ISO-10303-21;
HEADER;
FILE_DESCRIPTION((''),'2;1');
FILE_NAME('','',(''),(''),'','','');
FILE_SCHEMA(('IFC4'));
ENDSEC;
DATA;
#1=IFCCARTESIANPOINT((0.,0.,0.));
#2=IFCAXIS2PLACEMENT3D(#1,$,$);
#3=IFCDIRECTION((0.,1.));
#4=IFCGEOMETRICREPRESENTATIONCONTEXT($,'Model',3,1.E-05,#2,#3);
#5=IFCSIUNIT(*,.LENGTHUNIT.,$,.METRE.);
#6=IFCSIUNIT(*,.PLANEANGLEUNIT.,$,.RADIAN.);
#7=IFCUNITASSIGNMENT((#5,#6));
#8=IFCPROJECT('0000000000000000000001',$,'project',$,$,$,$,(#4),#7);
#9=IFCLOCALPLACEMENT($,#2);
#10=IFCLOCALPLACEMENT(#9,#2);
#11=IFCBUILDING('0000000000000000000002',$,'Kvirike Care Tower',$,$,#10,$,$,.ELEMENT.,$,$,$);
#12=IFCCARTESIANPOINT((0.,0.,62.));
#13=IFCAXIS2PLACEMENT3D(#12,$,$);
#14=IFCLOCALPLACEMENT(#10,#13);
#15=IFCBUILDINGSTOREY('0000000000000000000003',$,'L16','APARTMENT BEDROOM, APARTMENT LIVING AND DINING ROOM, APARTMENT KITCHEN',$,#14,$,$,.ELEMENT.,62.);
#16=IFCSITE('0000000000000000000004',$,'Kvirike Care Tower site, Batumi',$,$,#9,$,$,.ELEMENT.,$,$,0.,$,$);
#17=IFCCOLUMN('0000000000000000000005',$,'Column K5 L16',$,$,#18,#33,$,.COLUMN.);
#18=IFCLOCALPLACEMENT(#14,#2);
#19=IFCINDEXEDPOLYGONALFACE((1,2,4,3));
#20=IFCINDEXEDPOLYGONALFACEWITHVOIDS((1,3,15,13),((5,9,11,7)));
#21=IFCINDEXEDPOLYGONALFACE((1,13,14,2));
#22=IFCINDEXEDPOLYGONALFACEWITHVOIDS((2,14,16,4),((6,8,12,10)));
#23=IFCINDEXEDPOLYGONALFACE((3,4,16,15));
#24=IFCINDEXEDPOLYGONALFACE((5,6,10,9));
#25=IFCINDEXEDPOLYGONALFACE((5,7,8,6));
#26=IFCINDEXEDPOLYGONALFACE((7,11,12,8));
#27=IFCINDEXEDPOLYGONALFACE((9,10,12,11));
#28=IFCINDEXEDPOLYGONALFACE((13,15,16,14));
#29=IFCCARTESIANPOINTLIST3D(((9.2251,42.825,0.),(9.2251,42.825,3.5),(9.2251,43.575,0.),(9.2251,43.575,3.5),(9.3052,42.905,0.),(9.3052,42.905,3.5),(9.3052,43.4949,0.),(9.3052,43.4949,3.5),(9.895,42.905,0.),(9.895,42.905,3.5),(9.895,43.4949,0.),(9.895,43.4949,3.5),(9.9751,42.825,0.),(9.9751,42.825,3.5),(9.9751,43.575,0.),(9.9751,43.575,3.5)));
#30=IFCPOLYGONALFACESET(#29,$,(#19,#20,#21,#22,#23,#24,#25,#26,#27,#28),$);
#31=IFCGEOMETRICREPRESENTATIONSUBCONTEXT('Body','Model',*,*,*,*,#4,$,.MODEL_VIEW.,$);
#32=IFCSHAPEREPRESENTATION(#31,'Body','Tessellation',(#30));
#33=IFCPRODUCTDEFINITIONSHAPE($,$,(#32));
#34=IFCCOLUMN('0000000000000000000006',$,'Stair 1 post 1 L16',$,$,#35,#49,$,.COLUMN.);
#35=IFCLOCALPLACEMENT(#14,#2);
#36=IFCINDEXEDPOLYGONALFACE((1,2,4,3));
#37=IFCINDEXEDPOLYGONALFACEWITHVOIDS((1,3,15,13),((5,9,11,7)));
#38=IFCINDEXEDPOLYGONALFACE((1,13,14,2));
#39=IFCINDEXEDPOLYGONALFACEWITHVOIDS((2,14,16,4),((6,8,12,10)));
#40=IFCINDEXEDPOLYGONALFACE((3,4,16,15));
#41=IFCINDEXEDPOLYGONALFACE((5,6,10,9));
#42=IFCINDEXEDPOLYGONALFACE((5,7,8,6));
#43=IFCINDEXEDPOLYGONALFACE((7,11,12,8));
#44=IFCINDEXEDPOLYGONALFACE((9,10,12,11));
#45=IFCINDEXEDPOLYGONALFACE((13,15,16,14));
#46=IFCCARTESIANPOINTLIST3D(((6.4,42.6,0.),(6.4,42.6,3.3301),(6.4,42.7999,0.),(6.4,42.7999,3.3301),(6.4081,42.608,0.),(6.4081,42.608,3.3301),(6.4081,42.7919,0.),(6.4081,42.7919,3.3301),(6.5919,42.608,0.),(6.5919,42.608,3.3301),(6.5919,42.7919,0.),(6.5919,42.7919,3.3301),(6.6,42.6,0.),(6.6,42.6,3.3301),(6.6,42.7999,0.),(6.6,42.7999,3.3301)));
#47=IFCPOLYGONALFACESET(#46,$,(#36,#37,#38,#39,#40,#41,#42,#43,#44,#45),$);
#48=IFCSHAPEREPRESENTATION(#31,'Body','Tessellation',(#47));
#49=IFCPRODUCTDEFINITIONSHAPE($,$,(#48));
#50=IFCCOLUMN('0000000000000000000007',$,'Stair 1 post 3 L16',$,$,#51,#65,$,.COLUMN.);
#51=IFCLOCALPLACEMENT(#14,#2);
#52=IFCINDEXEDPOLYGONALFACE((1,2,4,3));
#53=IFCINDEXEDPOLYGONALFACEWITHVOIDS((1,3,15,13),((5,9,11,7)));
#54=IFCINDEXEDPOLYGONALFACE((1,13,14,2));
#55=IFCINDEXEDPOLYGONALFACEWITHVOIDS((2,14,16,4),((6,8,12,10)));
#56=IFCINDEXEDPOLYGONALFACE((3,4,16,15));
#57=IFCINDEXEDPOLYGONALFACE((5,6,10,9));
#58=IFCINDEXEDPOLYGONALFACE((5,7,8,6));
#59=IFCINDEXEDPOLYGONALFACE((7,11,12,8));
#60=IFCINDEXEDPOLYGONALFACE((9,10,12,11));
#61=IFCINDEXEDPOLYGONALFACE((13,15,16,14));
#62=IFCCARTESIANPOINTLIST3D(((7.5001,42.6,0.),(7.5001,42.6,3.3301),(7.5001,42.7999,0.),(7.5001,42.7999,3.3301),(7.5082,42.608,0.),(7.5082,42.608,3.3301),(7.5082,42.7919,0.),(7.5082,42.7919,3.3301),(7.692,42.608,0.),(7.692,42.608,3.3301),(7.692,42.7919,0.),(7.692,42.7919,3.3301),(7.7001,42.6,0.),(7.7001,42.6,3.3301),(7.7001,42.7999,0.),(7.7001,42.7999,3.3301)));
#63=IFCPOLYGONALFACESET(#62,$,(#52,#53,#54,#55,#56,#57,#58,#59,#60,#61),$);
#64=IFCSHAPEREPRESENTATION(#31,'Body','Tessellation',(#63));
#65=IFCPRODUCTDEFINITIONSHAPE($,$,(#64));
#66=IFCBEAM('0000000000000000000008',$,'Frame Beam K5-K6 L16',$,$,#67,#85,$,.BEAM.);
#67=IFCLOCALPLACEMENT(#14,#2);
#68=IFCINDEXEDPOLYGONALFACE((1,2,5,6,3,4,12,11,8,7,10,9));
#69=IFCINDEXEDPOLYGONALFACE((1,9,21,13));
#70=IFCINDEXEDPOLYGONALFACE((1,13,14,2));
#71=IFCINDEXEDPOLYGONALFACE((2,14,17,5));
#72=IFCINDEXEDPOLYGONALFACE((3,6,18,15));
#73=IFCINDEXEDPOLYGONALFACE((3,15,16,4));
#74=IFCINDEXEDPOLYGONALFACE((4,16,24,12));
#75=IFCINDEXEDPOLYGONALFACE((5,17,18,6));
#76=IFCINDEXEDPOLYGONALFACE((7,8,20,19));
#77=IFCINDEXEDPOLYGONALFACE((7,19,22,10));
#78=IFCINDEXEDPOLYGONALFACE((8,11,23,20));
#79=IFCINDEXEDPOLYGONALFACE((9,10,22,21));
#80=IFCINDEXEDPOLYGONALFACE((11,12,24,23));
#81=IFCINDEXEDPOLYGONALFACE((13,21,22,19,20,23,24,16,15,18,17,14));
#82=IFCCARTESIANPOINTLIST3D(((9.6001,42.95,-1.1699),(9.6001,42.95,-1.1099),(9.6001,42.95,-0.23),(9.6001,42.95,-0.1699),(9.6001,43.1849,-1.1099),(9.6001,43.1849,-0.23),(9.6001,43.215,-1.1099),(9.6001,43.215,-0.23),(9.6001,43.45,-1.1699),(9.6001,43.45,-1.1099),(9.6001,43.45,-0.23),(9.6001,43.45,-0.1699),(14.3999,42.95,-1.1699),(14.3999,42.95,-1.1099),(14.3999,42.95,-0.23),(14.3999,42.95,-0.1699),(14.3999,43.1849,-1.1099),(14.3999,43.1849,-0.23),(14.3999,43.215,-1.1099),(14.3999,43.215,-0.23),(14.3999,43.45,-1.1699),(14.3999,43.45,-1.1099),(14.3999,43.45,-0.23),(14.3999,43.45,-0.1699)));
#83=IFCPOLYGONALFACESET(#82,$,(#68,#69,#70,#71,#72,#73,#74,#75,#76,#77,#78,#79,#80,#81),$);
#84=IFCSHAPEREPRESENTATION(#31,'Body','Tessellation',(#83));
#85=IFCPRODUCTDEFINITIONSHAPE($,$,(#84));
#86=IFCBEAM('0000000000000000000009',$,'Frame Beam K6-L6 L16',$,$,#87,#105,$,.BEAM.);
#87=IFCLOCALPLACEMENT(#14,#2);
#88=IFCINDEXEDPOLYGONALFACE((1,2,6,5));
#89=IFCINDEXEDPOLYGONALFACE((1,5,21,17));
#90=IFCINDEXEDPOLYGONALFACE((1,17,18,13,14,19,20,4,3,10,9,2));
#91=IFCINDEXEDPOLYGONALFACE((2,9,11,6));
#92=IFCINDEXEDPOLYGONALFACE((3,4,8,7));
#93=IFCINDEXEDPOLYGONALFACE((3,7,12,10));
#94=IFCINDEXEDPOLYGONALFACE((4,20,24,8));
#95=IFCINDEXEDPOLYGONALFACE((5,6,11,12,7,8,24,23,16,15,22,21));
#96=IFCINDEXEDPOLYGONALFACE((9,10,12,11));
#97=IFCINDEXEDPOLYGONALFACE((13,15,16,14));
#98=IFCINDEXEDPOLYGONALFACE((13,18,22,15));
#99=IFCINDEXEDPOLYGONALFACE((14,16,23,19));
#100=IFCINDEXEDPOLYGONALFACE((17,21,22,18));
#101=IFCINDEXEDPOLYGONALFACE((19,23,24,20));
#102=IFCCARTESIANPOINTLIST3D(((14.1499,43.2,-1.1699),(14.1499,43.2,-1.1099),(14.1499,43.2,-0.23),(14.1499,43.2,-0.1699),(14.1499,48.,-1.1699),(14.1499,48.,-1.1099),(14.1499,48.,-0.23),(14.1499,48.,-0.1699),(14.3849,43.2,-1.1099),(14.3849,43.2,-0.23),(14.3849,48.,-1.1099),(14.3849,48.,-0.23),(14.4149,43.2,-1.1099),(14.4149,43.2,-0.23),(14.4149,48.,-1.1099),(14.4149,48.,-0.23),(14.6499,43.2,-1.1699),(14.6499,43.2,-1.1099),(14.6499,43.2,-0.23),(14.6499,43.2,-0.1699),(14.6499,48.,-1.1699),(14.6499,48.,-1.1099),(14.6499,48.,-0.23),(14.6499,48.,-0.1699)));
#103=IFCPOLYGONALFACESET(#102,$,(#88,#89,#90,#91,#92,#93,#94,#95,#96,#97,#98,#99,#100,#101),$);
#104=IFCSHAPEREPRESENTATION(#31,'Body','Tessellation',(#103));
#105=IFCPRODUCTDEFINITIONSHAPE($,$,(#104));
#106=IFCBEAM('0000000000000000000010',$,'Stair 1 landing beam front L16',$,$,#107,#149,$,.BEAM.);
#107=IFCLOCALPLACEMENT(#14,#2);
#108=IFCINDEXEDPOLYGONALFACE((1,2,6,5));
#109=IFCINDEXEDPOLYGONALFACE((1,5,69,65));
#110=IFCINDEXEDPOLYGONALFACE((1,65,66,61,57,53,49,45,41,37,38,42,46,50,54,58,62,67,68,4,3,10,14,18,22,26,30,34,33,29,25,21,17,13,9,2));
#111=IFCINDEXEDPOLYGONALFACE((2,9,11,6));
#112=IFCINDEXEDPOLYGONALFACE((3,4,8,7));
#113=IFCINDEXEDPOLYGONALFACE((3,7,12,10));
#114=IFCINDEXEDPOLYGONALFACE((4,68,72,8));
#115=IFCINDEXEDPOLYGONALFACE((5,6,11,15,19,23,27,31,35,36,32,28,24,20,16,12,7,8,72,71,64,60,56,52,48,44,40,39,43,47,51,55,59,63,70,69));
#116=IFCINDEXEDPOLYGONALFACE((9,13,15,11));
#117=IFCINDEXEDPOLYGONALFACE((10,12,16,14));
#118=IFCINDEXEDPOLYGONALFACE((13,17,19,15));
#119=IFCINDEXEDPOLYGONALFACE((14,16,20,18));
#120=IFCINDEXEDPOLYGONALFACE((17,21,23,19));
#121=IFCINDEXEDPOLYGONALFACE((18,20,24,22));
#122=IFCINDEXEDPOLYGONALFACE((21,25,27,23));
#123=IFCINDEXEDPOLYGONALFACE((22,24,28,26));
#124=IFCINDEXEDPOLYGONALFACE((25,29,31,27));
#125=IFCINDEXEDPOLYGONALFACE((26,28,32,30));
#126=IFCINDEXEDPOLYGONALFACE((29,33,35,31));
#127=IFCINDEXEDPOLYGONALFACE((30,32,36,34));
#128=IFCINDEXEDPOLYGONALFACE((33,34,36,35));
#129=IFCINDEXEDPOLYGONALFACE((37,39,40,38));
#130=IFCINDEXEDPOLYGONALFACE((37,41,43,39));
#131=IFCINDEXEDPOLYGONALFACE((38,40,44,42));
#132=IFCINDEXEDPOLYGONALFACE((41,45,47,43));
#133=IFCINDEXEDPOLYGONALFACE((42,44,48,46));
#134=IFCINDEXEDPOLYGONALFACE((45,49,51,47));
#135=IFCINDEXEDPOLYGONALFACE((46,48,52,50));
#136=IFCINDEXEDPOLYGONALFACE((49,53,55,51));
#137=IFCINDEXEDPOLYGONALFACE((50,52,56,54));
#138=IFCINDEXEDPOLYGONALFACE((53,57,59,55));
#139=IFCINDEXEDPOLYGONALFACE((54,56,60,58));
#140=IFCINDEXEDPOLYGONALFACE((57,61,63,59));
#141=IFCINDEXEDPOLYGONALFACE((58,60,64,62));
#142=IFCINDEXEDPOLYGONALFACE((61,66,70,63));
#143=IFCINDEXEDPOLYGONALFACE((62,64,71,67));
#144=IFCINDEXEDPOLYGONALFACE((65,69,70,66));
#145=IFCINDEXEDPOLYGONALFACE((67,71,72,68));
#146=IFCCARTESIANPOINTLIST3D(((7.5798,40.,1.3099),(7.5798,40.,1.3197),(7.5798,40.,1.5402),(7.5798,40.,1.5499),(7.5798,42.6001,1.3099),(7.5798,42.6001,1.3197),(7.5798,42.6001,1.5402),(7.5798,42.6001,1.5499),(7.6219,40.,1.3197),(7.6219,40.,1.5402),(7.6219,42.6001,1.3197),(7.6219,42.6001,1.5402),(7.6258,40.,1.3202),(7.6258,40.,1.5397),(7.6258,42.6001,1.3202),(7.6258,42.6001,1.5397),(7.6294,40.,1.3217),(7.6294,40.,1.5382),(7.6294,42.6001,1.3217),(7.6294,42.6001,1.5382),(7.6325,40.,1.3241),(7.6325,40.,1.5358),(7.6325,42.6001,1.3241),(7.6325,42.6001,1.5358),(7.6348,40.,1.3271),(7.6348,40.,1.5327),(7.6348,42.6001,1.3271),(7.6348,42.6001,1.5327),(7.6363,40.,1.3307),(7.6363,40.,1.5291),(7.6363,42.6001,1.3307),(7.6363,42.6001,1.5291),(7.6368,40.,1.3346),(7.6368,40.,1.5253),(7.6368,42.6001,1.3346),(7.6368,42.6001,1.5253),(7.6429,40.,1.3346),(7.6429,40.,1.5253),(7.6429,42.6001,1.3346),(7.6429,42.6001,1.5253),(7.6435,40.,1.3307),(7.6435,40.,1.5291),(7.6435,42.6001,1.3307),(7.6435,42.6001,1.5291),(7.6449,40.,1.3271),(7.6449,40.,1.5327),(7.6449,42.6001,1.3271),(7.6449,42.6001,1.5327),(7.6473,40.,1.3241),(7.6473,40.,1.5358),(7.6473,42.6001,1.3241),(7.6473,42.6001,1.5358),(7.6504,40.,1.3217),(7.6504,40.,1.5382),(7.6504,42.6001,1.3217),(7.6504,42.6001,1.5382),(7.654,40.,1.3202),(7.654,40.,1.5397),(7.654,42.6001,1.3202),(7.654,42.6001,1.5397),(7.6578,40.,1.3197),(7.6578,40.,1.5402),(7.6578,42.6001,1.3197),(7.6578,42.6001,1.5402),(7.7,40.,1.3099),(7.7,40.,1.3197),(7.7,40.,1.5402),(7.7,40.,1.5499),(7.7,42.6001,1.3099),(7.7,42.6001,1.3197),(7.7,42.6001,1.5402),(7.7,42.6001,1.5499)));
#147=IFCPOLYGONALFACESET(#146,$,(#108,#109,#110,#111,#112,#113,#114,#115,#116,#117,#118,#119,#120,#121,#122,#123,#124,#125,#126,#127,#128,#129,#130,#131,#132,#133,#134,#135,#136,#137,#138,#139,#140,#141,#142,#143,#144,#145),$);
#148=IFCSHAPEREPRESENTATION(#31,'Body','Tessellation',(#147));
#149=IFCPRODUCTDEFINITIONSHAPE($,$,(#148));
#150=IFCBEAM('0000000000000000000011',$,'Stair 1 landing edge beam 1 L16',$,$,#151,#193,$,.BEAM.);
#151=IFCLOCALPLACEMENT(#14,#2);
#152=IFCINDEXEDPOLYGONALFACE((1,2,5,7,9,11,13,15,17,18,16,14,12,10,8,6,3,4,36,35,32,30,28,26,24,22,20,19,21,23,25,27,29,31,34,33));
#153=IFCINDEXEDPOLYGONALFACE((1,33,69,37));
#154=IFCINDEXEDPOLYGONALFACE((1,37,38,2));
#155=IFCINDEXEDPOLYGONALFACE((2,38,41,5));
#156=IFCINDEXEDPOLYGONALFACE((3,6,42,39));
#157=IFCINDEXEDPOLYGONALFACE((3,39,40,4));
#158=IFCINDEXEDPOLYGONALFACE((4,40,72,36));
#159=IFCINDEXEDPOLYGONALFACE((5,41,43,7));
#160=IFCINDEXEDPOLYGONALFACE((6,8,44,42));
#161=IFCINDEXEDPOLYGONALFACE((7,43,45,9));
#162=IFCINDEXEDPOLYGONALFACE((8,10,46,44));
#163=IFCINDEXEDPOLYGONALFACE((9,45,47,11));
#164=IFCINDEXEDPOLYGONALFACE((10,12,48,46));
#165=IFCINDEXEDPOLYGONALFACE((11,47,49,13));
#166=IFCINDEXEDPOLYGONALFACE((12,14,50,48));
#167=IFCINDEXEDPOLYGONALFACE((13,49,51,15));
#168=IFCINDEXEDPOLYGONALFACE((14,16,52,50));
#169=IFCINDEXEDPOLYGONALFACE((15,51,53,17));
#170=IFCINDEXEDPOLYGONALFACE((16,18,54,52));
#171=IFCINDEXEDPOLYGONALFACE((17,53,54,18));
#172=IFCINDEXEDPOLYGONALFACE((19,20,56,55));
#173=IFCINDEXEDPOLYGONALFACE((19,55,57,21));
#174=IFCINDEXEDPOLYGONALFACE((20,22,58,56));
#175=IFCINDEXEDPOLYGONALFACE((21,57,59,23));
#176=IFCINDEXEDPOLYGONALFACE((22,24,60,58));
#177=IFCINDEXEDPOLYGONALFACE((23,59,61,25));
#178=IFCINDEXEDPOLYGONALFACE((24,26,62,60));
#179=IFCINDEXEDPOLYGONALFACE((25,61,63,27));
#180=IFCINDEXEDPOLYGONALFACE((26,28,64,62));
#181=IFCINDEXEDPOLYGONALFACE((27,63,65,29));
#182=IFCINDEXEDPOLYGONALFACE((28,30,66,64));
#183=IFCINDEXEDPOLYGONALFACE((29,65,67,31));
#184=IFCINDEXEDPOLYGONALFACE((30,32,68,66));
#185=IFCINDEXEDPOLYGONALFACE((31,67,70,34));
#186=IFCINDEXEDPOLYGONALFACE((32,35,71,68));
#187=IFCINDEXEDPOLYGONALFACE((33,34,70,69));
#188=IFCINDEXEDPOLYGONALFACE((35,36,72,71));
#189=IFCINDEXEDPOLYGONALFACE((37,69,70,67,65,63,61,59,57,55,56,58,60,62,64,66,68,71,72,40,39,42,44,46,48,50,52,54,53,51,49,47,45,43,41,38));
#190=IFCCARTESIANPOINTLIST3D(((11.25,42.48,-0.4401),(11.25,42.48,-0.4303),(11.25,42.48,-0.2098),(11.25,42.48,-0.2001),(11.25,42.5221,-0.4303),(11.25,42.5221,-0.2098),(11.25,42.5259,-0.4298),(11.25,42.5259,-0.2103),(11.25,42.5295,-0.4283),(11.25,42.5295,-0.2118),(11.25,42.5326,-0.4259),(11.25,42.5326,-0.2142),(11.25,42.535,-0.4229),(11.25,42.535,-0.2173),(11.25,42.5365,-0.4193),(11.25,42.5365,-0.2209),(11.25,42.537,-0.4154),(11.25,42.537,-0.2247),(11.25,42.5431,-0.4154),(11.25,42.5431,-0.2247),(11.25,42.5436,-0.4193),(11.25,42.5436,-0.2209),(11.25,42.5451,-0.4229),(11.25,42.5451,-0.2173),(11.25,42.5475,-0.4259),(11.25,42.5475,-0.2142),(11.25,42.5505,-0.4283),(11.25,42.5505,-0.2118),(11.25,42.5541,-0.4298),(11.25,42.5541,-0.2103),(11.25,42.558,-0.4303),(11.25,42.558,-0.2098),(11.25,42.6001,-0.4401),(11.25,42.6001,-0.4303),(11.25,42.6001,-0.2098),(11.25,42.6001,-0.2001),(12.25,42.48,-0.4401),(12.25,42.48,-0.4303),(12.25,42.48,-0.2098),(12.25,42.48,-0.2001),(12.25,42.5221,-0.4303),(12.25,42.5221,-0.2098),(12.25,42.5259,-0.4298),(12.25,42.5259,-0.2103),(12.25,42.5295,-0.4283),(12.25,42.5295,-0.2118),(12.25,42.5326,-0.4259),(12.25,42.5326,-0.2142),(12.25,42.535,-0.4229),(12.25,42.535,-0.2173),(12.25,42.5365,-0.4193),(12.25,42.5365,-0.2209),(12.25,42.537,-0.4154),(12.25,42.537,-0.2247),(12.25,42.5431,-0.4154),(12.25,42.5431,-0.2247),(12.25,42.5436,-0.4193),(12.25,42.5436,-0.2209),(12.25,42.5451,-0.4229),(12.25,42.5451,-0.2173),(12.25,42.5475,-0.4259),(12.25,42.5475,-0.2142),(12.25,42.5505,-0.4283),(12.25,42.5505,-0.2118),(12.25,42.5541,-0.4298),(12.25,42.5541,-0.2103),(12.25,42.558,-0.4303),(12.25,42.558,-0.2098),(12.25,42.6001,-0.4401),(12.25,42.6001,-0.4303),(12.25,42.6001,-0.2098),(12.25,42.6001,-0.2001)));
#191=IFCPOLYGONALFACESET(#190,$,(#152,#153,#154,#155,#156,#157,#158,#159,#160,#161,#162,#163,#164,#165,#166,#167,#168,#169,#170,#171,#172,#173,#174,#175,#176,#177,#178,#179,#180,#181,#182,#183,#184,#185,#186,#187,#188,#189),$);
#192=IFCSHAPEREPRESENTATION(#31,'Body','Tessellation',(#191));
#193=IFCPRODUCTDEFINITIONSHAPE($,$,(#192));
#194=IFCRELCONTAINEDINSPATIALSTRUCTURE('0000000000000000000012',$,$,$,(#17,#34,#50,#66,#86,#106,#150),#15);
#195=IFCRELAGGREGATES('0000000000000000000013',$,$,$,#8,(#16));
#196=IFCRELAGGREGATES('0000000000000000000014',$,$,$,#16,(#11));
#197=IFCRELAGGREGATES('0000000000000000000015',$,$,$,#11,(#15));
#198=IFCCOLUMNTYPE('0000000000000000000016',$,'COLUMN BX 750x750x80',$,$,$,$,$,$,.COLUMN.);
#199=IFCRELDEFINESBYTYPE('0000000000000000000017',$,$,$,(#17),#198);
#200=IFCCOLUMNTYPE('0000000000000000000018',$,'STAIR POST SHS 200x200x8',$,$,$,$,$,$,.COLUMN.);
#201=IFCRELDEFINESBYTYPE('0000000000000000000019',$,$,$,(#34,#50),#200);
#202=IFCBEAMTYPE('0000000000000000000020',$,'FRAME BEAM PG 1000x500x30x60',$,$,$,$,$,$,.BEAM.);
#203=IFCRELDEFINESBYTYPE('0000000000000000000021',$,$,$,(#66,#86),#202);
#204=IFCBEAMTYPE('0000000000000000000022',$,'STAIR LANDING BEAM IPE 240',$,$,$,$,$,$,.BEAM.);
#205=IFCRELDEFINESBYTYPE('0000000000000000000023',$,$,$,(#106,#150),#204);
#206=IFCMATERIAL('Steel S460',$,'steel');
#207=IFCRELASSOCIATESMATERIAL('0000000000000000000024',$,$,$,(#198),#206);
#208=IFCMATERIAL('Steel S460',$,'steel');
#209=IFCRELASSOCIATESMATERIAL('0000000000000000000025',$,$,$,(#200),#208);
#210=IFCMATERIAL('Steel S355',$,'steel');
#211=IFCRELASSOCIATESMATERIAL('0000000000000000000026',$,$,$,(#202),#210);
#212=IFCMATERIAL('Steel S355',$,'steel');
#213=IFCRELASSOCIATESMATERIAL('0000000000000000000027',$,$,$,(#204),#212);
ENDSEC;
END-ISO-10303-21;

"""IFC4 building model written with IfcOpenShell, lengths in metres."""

from ifc_helpers import new_model, si_unit, direction, frame, origin, origin_2d, place, context, subcontext, project, spatial, hollow_rectangle, i_section, extrude, material, material_profile, profile_set, type_object, element, save


model = new_model("IFC4")

# Units and contexts
model_context = context("Model", 3, precision=1e-05, world=origin(), true_north=direction((0.0, 1.0)))
body_context = subcontext(model_context, "Body", "Model", "MODEL_VIEW")
ifc_project = project(units=[si_unit("LENGTHUNIT", "METRE"), si_unit("PLANEANGLEUNIT", "RADIAN")], contexts=[model_context])

# Site, building, storey
site_placement = place(None, origin())
site = spatial("IfcSite", under=ifc_project, at=site_placement, Name="Kvirike Care Tower site, Batumi", CompositionType="ELEMENT", RefElevation=0.0)
building_placement = place(site_placement, origin())
building = spatial("IfcBuilding", under=site, at=building_placement, Name="Kvirike Care Tower", CompositionType="ELEMENT")
storey_placement = place(building_placement, frame((0.0, 0.0, 62.0)))
storey = spatial("IfcBuildingStorey", under=building, at=storey_placement, Name="L16", Description="APARTMENT BEDROOM, APARTMENT LIVING AND DINING ROOM, APARTMENT KITCHEN", CompositionType="ELEMENT", Elevation=62.0)

# Columns
ifc_material_1 = material(Name="Steel S460", Category="steel")
ifc_material_profile_1 = material_profile(ifc_material_1, hollow_rectangle(XDim=0.75, YDim=0.75, WallThickness=0.0801, at=origin_2d()), Name="BX 750x750x80")
ifc_profile_set_1 = profile_set([ifc_material_profile_1], Name="Steel S460")
column_type_1 = type_object("IfcColumnType", Name="COLUMN BX 750x750x80", PredefinedType="COLUMN", material=ifc_profile_set_1)
column_placement = place(storey_placement, frame((9.6001, 43.2, 0.0), z_axis=(0.0, 0.0, 1.0), x_axis=(0.0, 1.0, 0.0)))
element("IfcColumn", 1, at=column_placement, inside=storey, type_object=column_type_1, Name="Column K5 L16", PredefinedType="COLUMN", context=body_context, shape_type="SweptSolid", body=[
    extrude(hollow_rectangle(XDim=0.75, YDim=0.75, WallThickness=0.0801, at=origin_2d()), origin(), (0.0, 0.0, 1.0), 3.5),
])
ifc_material_2 = material(Name="Steel S460", Category="steel")
ifc_material_profile_2 = material_profile(ifc_material_2, hollow_rectangle(XDim=0.2, YDim=0.2, WallThickness=0.0081, at=origin_2d()), Name="SHS 200x200x8")
ifc_profile_set_2 = profile_set([ifc_material_profile_2], Name="Steel S460")
column_type_2 = type_object("IfcColumnType", Name="STAIR POST SHS 200x200x8", PredefinedType="COLUMN", material=ifc_profile_set_2)
for number, where, z_axis, x_axis, name in (
    (2, (6.5, 42.7, 0.0), (0.0, 0.0, 1.0), (1.0, 0.0, 0.0), "Stair 1 post 1 L16"),
    (3, (7.6001, 42.7, 0.0), (0.0, 0.0, 1.0), (1.0, 0.0, 0.0), "Stair 1 post 3 L16"),
):
    element("IfcColumn", number, at=place(storey_placement, frame(where, z_axis=z_axis, x_axis=x_axis)), inside=storey, type_object=column_type_2, Name=name, PredefinedType="COLUMN", context=body_context, shape_type="SweptSolid", body=[
        extrude(hollow_rectangle(XDim=0.2, YDim=0.2, WallThickness=0.0081, at=origin_2d()), origin(), (0.0, 0.0, 1.0), 3.3301),
    ])

# Beams
ifc_material_3 = material(Name="Steel S355", Category="steel")
ifc_material_profile_3 = material_profile(ifc_material_3, i_section(OverallWidth=0.5, OverallDepth=1.0, WebThickness=0.03, FlangeThickness=0.0601, at=origin_2d()), Name="PG 1000x500x30x60")
ifc_profile_set_3 = profile_set([ifc_material_profile_3], Name="Steel S355")
beam_type_1 = type_object("IfcBeamType", Name="FRAME BEAM PG 1000x500x30x60", PredefinedType="BEAM", material=ifc_profile_set_3)
beam_1_placement = place(storey_placement, frame((9.6001, 43.2, -0.6699), z_axis=(1.0, 0.0, 0.0), x_axis=(0.0, 1.0, 0.0)))
element("IfcBeam", 4, at=beam_1_placement, inside=storey, type_object=beam_type_1, Name="Frame Beam K5-K6 L16", PredefinedType="BEAM", context=body_context, shape_type="SweptSolid", body=[
    extrude(i_section(OverallWidth=0.5, OverallDepth=1.0, WebThickness=0.03, FlangeThickness=0.0601, at=origin_2d()), origin(), (0.0, 0.0, 1.0), 4.7998),
])
beam_2_placement = place(storey_placement, frame((14.3999, 43.2, -0.6699), z_axis=(0.0, 1.0, 0.0), x_axis=(-1.0, 0.0, 0.0)))
element("IfcBeam", 5, at=beam_2_placement, inside=storey, type_object=beam_type_1, Name="Frame Beam K6-L6 L16", PredefinedType="BEAM", context=body_context, shape_type="SweptSolid", body=[
    extrude(i_section(OverallWidth=0.5, OverallDepth=1.0, WebThickness=0.03, FlangeThickness=0.0601, at=origin_2d()), origin(), (0.0, 0.0, 1.0), 4.8),
])
ifc_material_4 = material(Name="Steel S355", Category="steel")
ifc_material_profile_4 = material_profile(ifc_material_4, i_section(OverallWidth=0.1201, OverallDepth=0.24, WebThickness=0.0061, FlangeThickness=0.0098, FilletRadius=0.0149, at=origin_2d()), Name="IPE 240")
ifc_profile_set_4 = profile_set([ifc_material_profile_4], Name="Steel S355")
beam_type_2 = type_object("IfcBeamType", Name="STAIR LANDING BEAM IPE 240", PredefinedType="BEAM", material=ifc_profile_set_4)
beam_3_placement = place(storey_placement, frame((7.6399, 42.6001, 1.4299), z_axis=(0.0, -1.0, 0.0), x_axis=(1.0, 0.0, 0.0)))
element("IfcBeam", 6, at=beam_3_placement, inside=storey, type_object=beam_type_2, Name="Stair 1 landing beam front L16", PredefinedType="BEAM", context=body_context, shape_type="SweptSolid", body=[
    extrude(i_section(OverallWidth=0.1201, OverallDepth=0.24, WebThickness=0.0061, FlangeThickness=0.0098, FilletRadius=0.0149, at=origin_2d()), origin(), (0.0, 0.0, 1.0), 2.6001),
])
beam_4_placement = place(storey_placement, frame((11.25, 42.54, -0.3201), z_axis=(1.0, 0.0, 0.0), x_axis=(0.0, 1.0, 0.0)))
element("IfcBeam", 7, at=beam_4_placement, inside=storey, type_object=beam_type_2, Name="Stair 1 landing edge beam 1 L16", PredefinedType="BEAM", context=body_context, shape_type="SweptSolid", body=[
    extrude(i_section(OverallWidth=0.1201, OverallDepth=0.24, WebThickness=0.0061, FlangeThickness=0.0098, FilletRadius=0.0149, at=origin_2d()), origin(), (0.0, 0.0, 1.0), 1.0),
])

save(model, "model.ifc")
